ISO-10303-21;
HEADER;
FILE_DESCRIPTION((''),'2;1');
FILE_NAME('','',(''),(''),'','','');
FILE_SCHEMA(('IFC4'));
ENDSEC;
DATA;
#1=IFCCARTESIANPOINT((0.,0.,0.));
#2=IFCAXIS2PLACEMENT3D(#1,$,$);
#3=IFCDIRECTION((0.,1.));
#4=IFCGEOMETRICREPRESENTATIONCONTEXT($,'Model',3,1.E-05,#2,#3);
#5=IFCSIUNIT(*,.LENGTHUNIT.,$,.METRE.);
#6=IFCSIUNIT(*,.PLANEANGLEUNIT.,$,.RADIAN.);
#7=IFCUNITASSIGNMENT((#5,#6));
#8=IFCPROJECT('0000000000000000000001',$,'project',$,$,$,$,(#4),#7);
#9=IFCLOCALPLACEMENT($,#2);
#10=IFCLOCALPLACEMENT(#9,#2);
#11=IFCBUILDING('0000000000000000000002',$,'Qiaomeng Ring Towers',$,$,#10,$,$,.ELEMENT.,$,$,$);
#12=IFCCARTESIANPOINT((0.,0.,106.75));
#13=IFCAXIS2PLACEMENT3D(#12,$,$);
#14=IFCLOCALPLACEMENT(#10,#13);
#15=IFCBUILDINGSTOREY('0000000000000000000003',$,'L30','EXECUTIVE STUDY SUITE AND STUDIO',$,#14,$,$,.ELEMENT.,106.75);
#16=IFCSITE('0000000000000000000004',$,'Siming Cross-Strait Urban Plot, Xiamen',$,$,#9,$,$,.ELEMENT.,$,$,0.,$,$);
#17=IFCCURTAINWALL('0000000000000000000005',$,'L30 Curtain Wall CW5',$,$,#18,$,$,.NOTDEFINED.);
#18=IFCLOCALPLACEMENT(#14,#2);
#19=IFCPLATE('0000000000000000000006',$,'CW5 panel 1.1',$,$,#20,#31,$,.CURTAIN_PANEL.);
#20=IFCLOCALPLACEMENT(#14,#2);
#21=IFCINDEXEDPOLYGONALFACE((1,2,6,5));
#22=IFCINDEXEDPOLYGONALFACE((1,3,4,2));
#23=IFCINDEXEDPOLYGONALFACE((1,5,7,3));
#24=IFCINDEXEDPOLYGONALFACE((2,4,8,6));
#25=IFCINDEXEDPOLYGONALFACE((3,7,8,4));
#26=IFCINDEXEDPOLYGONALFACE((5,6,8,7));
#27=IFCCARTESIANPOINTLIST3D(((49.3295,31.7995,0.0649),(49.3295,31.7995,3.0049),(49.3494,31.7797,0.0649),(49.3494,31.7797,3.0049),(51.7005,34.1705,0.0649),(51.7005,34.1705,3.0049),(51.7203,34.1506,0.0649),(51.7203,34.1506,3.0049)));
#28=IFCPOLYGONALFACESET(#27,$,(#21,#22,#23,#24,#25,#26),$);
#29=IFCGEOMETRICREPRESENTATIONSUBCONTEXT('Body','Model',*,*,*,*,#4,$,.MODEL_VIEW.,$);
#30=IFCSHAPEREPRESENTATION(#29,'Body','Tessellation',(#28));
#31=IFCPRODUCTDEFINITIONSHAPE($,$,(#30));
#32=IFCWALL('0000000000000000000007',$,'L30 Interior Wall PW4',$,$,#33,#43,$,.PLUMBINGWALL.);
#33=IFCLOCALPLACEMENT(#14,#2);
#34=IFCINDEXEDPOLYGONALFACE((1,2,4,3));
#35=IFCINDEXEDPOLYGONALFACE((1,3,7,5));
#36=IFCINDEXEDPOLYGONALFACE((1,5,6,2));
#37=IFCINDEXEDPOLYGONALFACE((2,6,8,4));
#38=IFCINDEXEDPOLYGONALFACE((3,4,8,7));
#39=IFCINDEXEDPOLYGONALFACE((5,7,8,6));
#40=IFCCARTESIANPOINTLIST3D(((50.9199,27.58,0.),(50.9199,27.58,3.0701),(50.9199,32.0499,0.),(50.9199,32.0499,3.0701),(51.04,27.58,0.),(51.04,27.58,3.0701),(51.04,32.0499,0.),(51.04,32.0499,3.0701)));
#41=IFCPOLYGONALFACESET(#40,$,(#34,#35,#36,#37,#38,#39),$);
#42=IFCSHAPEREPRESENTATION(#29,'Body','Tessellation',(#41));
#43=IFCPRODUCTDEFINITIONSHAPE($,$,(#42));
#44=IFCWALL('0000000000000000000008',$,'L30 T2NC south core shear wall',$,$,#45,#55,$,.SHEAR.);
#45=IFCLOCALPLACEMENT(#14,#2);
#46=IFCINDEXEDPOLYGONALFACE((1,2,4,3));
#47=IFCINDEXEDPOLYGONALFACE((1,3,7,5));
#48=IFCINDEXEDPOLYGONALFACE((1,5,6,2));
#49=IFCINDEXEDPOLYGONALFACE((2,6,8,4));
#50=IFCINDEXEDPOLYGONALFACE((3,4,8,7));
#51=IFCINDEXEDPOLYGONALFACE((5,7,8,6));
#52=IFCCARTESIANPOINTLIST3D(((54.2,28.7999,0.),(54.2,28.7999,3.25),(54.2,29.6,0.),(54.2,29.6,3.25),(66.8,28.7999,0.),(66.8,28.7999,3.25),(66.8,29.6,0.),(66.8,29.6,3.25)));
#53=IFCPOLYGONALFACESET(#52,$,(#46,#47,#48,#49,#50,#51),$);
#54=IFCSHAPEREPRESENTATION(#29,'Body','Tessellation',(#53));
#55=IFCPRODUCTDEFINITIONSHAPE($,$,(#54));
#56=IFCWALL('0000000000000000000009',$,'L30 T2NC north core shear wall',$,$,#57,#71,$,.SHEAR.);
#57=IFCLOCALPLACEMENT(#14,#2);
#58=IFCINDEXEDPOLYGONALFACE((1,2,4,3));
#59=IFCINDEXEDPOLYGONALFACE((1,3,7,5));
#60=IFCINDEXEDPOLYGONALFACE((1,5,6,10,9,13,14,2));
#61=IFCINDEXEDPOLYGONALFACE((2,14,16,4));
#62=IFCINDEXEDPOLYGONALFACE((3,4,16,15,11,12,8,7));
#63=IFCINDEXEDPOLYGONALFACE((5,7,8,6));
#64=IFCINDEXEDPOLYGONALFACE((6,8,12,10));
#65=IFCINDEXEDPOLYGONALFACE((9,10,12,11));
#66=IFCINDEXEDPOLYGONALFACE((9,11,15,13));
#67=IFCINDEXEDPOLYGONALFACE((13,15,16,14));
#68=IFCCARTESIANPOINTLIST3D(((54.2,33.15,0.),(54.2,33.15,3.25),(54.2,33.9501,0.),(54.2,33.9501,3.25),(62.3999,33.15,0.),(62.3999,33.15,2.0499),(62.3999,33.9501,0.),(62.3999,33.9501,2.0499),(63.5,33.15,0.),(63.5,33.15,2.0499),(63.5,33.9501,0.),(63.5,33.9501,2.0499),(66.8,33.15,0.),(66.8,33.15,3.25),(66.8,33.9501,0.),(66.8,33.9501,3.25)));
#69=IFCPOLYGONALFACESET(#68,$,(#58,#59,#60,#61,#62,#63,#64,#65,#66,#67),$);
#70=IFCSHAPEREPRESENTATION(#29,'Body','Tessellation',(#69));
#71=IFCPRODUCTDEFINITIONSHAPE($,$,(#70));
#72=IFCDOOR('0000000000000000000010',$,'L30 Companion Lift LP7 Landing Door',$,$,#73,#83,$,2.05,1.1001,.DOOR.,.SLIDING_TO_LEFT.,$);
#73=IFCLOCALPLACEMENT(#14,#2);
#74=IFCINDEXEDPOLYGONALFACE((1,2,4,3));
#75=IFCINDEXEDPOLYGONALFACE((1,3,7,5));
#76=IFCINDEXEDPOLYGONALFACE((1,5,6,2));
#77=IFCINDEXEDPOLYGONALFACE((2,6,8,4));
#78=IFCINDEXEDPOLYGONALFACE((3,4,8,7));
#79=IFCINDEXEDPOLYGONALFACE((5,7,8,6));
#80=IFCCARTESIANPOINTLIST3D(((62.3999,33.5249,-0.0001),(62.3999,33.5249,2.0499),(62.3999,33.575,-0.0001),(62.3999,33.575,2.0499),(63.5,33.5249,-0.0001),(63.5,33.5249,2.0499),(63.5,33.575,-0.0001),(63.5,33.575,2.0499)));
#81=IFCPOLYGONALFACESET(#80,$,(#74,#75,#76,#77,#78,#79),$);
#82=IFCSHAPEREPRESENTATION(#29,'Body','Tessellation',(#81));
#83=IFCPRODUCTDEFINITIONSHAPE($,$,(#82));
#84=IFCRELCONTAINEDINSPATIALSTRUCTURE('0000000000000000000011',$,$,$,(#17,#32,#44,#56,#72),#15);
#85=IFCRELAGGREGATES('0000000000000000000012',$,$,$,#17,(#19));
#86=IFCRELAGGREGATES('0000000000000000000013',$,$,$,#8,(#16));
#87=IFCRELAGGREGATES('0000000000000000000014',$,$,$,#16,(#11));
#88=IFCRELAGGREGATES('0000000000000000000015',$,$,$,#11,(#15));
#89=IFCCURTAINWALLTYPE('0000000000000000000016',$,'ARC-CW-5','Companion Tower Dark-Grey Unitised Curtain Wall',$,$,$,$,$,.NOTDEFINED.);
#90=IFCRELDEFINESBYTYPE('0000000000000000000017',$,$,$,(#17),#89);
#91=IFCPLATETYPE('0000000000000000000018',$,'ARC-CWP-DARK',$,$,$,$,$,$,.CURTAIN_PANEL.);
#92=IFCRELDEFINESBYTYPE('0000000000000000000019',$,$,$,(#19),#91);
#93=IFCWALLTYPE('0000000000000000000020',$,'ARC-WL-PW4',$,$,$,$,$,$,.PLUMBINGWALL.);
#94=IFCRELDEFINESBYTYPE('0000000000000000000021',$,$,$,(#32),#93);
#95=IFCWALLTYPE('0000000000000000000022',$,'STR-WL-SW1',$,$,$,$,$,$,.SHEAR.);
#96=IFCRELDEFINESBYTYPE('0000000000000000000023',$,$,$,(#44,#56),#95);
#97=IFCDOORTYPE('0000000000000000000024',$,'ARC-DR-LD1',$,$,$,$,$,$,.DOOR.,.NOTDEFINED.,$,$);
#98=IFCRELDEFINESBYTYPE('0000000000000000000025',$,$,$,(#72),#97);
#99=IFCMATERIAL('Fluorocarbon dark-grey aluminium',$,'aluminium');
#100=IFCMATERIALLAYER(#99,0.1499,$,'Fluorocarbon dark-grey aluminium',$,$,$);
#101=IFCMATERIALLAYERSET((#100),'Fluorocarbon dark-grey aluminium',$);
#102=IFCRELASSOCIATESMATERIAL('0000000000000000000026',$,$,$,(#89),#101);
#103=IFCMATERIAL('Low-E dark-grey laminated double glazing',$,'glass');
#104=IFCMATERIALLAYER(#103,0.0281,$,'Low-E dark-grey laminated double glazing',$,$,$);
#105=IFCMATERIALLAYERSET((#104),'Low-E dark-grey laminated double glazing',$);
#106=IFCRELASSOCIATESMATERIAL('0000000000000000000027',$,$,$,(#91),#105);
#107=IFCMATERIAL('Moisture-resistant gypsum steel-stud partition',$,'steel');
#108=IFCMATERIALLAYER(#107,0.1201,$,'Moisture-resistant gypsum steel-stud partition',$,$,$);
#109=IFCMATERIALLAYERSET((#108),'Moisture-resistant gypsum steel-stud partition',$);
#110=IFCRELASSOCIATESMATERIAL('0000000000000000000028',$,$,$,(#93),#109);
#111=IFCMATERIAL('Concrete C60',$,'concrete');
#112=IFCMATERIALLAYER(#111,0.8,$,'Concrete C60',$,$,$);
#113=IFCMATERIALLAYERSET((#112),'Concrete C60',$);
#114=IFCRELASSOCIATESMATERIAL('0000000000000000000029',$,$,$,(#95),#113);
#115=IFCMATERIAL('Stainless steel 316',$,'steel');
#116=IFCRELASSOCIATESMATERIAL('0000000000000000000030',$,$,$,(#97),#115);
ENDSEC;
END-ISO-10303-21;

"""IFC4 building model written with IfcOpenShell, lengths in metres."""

from ifc_helpers import new_model, si_unit, direction, frame, frame_2d, origin, origin_2d, place, context, subcontext, project, spatial, rectangle, extrude, source, transform, mapped, material, layer, layer_set, type_object, element, fill, aggregate, save


model = new_model("IFC4")

# Units and contexts
model_context = context("Model", 3, precision=1e-05, world=origin(), true_north=direction((0.0, 1.0)))
body_context = subcontext(model_context, "Body", "Model", "MODEL_VIEW")
ifc_project = project(units=[si_unit("LENGTHUNIT", "METRE"), si_unit("PLANEANGLEUNIT", "RADIAN")], contexts=[model_context])

# Site, building, storey
site_placement = place(None, origin())
site = spatial("IfcSite", under=ifc_project, at=site_placement, Name="Siming Cross-Strait Urban Plot, Xiamen", CompositionType="ELEMENT", RefElevation=0.0)
building_placement = place(site_placement, origin())
building = spatial("IfcBuilding", under=site, at=building_placement, Name="Qiaomeng Ring Towers", CompositionType="ELEMENT")
storey_placement = place(building_placement, frame((0.0, 0.0, 106.75)))
storey = spatial("IfcBuildingStorey", under=building, at=storey_placement, Name="L30", Description="EXECUTIVE STUDY SUITE AND STUDIO", CompositionType="ELEMENT", Elevation=106.75)

# Shared definitions
ifc_material_1 = material(Name="Fluorocarbon dark-grey aluminium", Category="aluminium")

# Shared definitions
ifc_layer_1 = layer(ifc_material_1, 0.1499, Name="Fluorocarbon dark-grey aluminium")
ifc_layer_set_1 = layer_set([ifc_layer_1], Name="Fluorocarbon dark-grey aluminium")
curtain_wall_type_1 = type_object("IfcCurtainWallType", Name="ARC-CW-5", Description="Companion Tower Dark-Grey Unitised Curtain Wall", PredefinedType="NOTDEFINED", material=ifc_layer_set_1)

# Curtain wall
curtain_wall_1_placement = place(storey_placement, origin())
curtain_wall_1 = element("IfcCurtainWall", 1, at=curtain_wall_1_placement, inside=storey, type_object=curtain_wall_type_1, Name="L30 Curtain Wall CW5", PredefinedType="NOTDEFINED")

# Plate
ifc_material_2 = material(Name="Low-E dark-grey laminated double glazing", Category="glass")
ifc_layer_2 = layer(ifc_material_2, 0.0281, Name="Low-E dark-grey laminated double glazing")
ifc_layer_set_2 = layer_set([ifc_layer_2], Name="Low-E dark-grey laminated double glazing")
plate_type = type_object("IfcPlateType", Name="ARC-CWP-DARK", PredefinedType="CURTAIN_PANEL", material=ifc_layer_set_2)
shared_shape_1 = source(origin(), body_context, "Body", "SweptSolid", [
    extrude(rectangle(XDim=3.353, YDim=0.0281, at=origin_2d()), origin(), (0.0, 0.0, 1.0), 2.9399),
])
plate_1_placement = place(storey_placement, frame((50.5249, 32.9751, 0.0649), z_axis=(0.0, 0.0, 1.0), x_axis=(-0.707107, -0.707107, 0.0)))
plate_1 = element("IfcPlate", 2, at=plate_1_placement, type_object=plate_type, Name="CW5 panel 1.1", PredefinedType="CURTAIN_PANEL", context=body_context, shape_type="MappedRepresentation", body=[
    mapped(shared_shape_1, transform((0.0, 0.0, 0.0), x_axis=(1.0, 0.0, 0.0), y_axis=(0.0, 1.0, 0.0), z_axis=(0.0, 0.0, 1.0), scale=1.0)),
])
aggregate(curtain_wall_1, [plate_1])

# Walls
ifc_material_3 = material(Name="Moisture-resistant gypsum steel-stud partition", Category="steel")
ifc_layer_3 = layer(ifc_material_3, 0.1201, Name="Moisture-resistant gypsum steel-stud partition")
ifc_layer_set_3 = layer_set([ifc_layer_3], Name="Moisture-resistant gypsum steel-stud partition")
wall_type_1 = type_object("IfcWallType", Name="ARC-WL-PW4", PredefinedType="PLUMBINGWALL", material=ifc_layer_set_3)
wall_1_placement = place(storey_placement, frame((50.98, 27.5801, 0.0), z_axis=(0.0, 0.0, 1.0), x_axis=(0.0, 1.0, 0.0)))
element("IfcWall", 3, at=wall_1_placement, inside=storey, type_object=wall_type_1, Name="L30 Interior Wall PW4", PredefinedType="PLUMBINGWALL", context=body_context, shape_type="SweptSolid", body=[
    extrude(rectangle(XDim=4.47, YDim=0.1201, at=frame_2d((2.2349, 0.0))), origin(), (0.0, 0.0, 1.0), 3.0701),
])
ifc_material_4 = material(Name="Concrete C60", Category="concrete")
ifc_layer_4 = layer(ifc_material_4, 0.8, Name="Concrete C60")
ifc_layer_set_4 = layer_set([ifc_layer_4], Name="Concrete C60")
wall_type_2 = type_object("IfcWallType", Name="STR-WL-SW1", PredefinedType="SHEAR", material=ifc_layer_set_4)
wall_2_placement = place(storey_placement, frame((54.2, 29.2, 0.0), z_axis=(0.0, 0.0, 1.0), x_axis=(1.0, 0.0, 0.0)))
element("IfcWall", 4, at=wall_2_placement, inside=storey, type_object=wall_type_2, Name="L30 T2NC south core shear wall", PredefinedType="SHEAR", context=body_context, shape_type="SweptSolid", body=[
    extrude(rectangle(XDim=12.6001, YDim=0.8, at=frame_2d((6.3, 0.0))), origin(), (0.0, 0.0, 1.0), 3.25),
])

# Wall, opening, door
wall_3_placement = place(storey_placement, frame((54.2, 33.55, 0.0), z_axis=(0.0, 0.0, 1.0), x_axis=(1.0, 0.0, 0.0)))
wall_3 = element("IfcWall", 5, at=wall_3_placement, inside=storey, type_object=wall_type_2, Name="L30 T2NC north core shear wall", PredefinedType="SHEAR", context=body_context, shape_type="SweptSolid", body=[
    extrude(rectangle(XDim=12.6001, YDim=0.8, at=frame_2d((6.3, 0.0))), origin(), (0.0, 0.0, 1.0), 3.25),
])
opening_placement = place(wall_3_placement, frame((8.2, 0.0, 0.0)))
opening = element("IfcOpeningElement", 6, at=opening_placement, cuts=wall_3, PredefinedType="OPENING", context=body_context, shape_type="SweptSolid", body=[
    extrude(rectangle(XDim=1.1001, YDim=2.05, at=frame_2d((0.55, 1.0249))), frame((0.0, 0.4099, 0.0), z_axis=(0.0, -1.0, 0.0), x_axis=(1.0, 0.0, 0.0)), (0.0, 0.0, 1.0), 0.8201),
])
ifc_material_5 = material(Name="Stainless steel 316", Category="steel")
door_type = type_object("IfcDoorType", Name="ARC-DR-LD1", OperationType="NOTDEFINED", PredefinedType="DOOR", material=ifc_material_5)
shared_shape_2 = source(origin(), body_context, "Body", "SweptSolid", [
    extrude(rectangle(XDim=1.1001, YDim=2.05, at=frame_2d((0.55, 1.0249))), frame((0.0, 0.0249, 0.0), z_axis=(0.0, -1.0, 0.0), x_axis=(1.0, 0.0, 0.0)), (0.0, 0.0, 1.0), 0.05),
])
door_placement = place(opening_placement, origin())
door = element("IfcDoor", 7, at=door_placement, inside=storey, type_object=door_type, Name="L30 Companion Lift LP7 Landing Door", OperationType="SLIDING_TO_LEFT", OverallHeight=2.05, OverallWidth=1.1001, PredefinedType="DOOR", context=body_context, shape_type="MappedRepresentation", body=[
    mapped(shared_shape_2, transform((0.0, 0.0, 0.0), x_axis=(1.0, 0.0, 0.0), y_axis=(0.0, 1.0, 0.0), z_axis=(0.0, 0.0, 1.0), scale=1.0)),
])
fill(opening, door)

save(model, "model.ifc")
